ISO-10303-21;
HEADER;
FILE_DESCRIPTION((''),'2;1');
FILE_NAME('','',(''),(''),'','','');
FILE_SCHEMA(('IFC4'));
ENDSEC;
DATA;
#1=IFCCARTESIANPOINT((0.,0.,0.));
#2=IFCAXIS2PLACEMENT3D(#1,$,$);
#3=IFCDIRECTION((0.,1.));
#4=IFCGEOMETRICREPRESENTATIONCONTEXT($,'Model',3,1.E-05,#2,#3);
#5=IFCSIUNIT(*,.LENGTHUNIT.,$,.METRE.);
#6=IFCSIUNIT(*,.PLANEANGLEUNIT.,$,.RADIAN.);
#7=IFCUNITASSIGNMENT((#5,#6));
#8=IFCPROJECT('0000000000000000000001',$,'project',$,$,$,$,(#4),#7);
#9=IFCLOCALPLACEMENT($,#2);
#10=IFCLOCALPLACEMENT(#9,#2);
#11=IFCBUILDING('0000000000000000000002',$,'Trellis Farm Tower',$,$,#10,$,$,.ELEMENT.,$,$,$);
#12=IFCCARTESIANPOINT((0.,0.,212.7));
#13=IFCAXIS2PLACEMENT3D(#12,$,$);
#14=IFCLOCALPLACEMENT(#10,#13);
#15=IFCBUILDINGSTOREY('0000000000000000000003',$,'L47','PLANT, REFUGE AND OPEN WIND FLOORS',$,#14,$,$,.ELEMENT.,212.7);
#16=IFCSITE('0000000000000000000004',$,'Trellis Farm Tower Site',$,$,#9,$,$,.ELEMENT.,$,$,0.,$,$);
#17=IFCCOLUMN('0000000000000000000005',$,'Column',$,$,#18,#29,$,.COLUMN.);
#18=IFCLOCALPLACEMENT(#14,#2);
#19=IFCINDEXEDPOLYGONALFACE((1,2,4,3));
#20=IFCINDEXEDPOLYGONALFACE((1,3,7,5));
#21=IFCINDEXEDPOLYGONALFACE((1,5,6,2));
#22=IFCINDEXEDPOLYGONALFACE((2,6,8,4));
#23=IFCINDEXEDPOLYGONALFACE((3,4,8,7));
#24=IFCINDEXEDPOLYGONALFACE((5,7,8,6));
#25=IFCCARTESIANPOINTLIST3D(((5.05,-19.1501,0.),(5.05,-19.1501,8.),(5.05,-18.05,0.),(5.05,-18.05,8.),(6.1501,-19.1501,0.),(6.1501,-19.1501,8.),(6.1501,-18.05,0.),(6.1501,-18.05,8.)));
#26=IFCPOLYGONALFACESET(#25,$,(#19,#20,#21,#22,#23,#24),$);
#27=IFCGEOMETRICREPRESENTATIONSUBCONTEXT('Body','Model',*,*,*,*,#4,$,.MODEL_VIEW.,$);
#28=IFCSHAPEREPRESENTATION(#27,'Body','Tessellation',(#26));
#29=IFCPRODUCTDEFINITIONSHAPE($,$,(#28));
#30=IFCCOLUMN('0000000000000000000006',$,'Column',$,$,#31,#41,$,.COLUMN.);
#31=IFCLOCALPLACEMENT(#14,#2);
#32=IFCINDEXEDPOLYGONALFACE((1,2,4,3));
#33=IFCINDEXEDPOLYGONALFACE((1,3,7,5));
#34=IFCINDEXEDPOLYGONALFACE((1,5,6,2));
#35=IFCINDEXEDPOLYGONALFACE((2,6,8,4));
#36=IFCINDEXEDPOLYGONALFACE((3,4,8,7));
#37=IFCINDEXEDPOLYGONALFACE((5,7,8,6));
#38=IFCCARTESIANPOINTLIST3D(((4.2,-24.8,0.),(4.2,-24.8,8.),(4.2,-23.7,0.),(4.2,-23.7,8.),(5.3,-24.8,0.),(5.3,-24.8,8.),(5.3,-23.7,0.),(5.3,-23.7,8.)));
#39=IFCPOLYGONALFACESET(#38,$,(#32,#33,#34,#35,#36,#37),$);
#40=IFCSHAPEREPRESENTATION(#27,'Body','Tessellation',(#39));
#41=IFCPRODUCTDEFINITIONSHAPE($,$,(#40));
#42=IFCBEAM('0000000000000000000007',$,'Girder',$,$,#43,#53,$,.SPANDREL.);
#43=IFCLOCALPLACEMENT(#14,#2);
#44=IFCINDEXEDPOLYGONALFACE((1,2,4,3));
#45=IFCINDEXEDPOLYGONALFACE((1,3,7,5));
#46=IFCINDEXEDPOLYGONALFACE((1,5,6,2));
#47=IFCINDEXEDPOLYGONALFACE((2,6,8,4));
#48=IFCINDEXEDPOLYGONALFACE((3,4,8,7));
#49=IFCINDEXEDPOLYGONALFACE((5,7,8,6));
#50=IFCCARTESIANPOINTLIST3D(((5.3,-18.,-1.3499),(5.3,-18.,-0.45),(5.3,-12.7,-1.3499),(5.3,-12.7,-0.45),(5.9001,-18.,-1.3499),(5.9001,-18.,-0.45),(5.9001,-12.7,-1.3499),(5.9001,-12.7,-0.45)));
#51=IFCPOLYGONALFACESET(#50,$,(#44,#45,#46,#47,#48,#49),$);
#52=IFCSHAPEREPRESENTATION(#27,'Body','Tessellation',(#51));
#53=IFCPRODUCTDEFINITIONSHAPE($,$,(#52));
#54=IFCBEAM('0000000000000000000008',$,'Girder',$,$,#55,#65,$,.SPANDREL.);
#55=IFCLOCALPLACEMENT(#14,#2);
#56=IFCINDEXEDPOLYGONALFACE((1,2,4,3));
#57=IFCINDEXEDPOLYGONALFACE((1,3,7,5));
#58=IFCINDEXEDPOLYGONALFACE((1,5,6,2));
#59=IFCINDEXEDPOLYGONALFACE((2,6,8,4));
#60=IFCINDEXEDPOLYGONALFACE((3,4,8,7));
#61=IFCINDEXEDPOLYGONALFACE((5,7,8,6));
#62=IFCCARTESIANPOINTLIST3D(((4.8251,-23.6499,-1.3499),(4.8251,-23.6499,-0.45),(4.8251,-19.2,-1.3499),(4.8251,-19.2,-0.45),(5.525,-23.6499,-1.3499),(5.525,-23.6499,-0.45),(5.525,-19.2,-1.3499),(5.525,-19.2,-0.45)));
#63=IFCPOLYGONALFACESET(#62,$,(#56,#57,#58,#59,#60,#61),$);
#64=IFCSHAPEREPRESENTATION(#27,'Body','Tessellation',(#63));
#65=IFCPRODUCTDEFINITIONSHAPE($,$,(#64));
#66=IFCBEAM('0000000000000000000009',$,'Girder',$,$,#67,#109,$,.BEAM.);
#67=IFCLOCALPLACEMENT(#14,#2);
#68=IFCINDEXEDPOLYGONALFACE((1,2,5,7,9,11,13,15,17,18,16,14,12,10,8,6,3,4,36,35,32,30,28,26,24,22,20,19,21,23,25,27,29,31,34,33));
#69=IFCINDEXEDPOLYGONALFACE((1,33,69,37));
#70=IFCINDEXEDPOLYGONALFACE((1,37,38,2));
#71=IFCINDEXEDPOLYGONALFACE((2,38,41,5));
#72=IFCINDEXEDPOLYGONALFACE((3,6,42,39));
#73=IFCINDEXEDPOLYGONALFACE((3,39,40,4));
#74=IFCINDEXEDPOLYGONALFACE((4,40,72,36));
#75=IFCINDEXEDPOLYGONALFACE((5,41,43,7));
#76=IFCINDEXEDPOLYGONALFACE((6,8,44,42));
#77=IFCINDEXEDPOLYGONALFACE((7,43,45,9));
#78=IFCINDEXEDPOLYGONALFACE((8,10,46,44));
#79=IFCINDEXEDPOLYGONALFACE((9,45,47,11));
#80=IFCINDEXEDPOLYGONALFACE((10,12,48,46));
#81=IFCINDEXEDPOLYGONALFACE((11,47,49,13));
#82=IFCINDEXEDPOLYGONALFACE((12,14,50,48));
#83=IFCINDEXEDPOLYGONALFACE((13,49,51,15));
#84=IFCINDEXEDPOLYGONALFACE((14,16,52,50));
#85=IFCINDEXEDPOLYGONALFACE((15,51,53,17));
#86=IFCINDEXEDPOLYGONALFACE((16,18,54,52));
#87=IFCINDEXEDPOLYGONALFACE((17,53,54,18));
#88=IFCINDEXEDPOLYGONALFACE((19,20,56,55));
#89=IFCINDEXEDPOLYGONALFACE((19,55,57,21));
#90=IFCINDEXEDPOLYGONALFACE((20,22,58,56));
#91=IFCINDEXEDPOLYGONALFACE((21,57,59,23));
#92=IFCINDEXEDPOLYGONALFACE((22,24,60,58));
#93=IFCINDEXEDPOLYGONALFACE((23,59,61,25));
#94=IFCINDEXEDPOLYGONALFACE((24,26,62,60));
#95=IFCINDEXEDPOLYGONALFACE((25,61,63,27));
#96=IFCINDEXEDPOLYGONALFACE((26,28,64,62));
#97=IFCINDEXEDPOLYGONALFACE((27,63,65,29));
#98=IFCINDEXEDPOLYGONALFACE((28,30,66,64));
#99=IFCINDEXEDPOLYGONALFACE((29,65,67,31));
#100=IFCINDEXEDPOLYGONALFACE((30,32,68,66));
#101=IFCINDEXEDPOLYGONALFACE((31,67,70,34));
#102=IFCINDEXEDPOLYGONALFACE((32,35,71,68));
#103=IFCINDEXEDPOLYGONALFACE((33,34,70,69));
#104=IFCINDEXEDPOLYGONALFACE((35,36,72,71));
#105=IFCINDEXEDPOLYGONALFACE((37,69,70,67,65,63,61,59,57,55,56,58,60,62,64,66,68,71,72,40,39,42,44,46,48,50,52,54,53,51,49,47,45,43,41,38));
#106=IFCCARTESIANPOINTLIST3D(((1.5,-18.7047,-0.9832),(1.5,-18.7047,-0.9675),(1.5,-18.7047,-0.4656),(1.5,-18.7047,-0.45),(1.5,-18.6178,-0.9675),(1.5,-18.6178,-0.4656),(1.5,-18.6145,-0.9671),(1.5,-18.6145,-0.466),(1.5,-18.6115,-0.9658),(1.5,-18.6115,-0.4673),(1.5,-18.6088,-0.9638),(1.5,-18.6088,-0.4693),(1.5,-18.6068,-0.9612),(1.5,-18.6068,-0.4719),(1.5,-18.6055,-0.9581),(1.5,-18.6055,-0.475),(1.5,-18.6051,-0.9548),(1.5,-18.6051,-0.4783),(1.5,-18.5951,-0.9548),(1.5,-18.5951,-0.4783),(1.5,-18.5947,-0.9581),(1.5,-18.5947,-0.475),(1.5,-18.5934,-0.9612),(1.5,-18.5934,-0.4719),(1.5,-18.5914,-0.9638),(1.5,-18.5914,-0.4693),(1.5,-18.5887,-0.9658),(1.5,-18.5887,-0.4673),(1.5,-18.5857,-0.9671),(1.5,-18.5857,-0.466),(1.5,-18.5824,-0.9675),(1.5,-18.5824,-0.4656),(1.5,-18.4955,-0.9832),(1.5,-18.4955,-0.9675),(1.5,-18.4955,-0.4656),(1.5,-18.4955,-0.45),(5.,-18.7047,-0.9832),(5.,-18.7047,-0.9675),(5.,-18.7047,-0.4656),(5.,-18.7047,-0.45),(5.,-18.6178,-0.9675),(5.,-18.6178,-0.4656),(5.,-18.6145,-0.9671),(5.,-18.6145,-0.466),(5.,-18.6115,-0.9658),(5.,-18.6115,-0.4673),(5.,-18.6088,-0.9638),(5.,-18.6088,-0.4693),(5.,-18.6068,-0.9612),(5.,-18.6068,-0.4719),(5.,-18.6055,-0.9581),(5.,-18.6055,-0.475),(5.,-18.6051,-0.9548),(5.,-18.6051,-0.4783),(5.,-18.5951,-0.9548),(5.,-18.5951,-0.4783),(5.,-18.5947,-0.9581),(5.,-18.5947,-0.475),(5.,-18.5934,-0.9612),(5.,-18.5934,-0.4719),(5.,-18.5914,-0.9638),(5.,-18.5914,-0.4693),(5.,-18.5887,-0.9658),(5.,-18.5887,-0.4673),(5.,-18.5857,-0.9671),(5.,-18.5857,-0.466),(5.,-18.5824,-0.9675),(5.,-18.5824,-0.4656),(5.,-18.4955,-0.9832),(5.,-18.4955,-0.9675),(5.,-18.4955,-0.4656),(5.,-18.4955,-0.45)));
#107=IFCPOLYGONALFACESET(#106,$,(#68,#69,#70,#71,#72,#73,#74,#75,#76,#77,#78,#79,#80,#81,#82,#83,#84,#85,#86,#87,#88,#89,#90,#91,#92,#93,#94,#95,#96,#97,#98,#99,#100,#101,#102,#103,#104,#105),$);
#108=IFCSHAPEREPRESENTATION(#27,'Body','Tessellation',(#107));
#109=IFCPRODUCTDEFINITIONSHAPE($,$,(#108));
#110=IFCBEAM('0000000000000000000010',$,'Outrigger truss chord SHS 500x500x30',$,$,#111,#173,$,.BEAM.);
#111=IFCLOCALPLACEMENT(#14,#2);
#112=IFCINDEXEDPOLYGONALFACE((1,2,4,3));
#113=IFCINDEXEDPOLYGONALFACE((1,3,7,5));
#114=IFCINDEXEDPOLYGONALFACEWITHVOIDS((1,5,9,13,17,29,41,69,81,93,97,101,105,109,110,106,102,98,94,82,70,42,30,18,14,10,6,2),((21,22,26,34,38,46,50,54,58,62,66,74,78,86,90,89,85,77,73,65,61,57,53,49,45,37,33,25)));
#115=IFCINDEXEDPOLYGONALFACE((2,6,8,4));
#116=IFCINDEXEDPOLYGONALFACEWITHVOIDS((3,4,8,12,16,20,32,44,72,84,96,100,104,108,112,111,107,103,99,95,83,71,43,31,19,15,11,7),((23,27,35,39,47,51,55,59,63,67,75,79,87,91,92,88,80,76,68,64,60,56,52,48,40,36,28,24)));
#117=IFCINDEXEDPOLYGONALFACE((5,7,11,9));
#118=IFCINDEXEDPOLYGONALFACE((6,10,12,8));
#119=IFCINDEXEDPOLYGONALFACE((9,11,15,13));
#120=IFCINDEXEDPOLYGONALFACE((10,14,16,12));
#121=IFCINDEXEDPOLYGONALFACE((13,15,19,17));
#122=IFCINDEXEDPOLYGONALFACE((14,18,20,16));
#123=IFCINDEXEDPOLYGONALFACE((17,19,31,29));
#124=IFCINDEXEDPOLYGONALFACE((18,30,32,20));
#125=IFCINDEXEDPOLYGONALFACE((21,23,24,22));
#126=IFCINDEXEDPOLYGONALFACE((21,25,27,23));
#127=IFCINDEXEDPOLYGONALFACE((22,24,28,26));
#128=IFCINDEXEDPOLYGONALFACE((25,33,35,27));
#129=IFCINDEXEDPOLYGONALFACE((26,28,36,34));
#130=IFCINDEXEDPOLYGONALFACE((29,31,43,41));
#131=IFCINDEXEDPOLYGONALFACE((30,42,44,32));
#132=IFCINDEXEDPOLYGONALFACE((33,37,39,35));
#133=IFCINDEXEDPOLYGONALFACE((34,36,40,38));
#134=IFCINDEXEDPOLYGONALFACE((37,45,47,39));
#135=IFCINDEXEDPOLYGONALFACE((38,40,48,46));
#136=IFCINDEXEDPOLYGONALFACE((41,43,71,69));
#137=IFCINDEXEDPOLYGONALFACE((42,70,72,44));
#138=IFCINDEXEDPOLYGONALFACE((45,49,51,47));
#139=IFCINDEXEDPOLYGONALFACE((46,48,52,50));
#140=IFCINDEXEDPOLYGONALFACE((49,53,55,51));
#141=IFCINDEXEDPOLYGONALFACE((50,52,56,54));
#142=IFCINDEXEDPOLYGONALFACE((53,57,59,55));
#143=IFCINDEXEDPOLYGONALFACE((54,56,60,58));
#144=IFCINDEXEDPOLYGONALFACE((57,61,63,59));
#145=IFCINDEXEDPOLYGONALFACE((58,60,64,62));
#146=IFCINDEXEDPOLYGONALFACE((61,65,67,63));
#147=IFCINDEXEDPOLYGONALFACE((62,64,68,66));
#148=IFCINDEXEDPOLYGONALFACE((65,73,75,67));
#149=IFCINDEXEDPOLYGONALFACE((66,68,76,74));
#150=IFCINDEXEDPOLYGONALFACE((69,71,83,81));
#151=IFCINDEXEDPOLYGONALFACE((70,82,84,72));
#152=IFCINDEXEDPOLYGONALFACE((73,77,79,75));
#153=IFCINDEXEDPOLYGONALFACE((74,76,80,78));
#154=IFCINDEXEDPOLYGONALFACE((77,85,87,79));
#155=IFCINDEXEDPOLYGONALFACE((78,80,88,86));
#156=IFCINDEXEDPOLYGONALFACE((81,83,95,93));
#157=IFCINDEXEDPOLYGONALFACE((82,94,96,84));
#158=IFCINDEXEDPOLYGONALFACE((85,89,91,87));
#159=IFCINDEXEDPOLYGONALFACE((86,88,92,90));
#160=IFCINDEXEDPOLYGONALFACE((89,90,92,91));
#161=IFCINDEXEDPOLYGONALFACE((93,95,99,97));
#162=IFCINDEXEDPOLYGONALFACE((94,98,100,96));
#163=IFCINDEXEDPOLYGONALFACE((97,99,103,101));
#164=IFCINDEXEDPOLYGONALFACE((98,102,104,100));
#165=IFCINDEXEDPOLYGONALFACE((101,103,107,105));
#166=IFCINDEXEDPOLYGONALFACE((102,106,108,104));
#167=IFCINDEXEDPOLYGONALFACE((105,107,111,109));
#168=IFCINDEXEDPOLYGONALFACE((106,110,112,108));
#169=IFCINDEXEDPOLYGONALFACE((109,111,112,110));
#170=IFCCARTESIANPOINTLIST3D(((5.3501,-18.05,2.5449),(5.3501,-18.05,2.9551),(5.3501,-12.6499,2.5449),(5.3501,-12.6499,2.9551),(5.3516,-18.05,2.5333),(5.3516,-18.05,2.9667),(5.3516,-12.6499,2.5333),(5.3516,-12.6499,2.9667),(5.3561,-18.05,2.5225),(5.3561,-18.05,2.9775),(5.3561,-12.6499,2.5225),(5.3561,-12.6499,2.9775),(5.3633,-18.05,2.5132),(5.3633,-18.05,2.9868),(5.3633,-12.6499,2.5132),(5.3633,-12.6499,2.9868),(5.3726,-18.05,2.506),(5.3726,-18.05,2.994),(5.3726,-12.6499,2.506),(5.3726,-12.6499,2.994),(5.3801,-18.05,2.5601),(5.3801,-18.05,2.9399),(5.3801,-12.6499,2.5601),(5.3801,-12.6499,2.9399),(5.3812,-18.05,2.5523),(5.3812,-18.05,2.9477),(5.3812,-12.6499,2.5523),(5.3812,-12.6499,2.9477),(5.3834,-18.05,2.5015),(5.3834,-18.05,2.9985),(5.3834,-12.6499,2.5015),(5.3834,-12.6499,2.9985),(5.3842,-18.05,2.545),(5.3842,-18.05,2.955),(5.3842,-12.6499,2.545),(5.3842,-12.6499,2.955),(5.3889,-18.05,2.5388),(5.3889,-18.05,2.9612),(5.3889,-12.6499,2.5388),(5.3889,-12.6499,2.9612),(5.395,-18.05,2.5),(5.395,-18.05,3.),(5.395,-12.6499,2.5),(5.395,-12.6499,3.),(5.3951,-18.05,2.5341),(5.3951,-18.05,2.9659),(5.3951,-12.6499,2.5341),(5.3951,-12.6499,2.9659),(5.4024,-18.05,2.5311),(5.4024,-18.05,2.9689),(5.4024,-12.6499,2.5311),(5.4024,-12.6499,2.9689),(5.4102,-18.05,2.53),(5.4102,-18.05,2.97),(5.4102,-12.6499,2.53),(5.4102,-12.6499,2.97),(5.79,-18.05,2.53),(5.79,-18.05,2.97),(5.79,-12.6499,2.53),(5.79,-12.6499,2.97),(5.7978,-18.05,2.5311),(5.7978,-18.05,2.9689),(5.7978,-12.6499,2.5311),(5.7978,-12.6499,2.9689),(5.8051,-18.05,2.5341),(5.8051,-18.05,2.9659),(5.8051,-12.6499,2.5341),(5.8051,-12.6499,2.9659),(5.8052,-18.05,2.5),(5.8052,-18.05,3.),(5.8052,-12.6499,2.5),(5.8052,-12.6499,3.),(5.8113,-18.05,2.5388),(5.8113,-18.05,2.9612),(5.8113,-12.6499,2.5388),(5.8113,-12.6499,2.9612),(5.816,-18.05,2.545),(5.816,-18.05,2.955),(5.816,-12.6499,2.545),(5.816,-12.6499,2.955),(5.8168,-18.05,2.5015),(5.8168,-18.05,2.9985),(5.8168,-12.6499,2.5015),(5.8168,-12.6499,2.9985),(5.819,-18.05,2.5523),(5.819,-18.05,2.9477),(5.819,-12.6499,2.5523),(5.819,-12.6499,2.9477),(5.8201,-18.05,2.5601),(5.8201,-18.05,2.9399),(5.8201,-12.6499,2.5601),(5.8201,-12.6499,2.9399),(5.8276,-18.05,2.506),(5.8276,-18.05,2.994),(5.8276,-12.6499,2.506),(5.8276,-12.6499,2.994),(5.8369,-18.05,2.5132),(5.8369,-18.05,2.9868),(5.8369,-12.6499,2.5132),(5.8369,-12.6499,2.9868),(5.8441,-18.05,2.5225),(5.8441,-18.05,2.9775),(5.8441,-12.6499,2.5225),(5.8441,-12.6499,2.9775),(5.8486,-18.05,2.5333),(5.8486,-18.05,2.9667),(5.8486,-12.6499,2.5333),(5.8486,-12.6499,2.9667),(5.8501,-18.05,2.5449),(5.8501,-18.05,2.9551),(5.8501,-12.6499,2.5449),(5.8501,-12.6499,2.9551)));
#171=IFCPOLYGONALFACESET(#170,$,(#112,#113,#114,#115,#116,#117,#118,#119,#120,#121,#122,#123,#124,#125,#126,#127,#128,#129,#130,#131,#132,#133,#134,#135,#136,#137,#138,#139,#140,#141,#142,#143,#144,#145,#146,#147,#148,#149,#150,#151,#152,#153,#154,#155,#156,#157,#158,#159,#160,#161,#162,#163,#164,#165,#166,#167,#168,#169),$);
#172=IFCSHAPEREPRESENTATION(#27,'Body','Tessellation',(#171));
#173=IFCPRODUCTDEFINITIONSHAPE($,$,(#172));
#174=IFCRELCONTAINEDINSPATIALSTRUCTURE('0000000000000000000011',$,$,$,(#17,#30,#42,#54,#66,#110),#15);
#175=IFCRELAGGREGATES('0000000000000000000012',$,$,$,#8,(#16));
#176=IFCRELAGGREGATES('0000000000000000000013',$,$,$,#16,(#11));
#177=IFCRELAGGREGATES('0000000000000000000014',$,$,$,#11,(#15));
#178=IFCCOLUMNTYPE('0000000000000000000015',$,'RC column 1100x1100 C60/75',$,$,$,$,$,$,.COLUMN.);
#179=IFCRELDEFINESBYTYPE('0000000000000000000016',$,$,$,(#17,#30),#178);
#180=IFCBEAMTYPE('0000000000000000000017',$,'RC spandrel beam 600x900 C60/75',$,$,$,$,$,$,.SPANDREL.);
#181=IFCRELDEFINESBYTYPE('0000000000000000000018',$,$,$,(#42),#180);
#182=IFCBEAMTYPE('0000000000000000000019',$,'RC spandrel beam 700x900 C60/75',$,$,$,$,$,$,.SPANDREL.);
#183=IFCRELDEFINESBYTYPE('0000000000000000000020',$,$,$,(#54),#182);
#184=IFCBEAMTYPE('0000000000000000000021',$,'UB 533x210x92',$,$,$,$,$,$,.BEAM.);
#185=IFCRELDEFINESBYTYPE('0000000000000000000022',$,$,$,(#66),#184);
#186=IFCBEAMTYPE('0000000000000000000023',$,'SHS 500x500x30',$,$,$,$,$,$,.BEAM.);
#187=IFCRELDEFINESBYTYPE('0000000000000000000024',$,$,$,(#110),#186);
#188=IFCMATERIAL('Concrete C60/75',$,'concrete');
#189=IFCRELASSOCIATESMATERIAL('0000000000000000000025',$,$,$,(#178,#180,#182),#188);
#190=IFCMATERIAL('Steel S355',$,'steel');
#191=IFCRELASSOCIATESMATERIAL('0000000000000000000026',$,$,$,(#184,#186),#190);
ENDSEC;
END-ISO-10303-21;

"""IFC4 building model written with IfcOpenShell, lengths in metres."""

from ifc_helpers import new_model, si_unit, direction, frame, origin, origin_2d, place, context, subcontext, project, spatial, rectangle, hollow_rectangle, i_section, extrude, source, transform, mapped, material, material_profile, profile_set, type_object, element, save


model = new_model("IFC4")

# Units and contexts
model_context = context("Model", 3, precision=1e-05, world=origin(), true_north=direction((0.0, 1.0)))
body_context = subcontext(model_context, "Body", "Model", "MODEL_VIEW")
ifc_project = project(units=[si_unit("LENGTHUNIT", "METRE"), si_unit("PLANEANGLEUNIT", "RADIAN")], contexts=[model_context])

# Site, building, storey
site_placement = place(None, origin())
site = spatial("IfcSite", under=ifc_project, at=site_placement, Name="Trellis Farm Tower Site", CompositionType="ELEMENT", RefElevation=0.0)
building_placement = place(site_placement, origin())
building = spatial("IfcBuilding", under=site, at=building_placement, Name="Trellis Farm Tower", CompositionType="ELEMENT")
storey_placement = place(building_placement, frame((0.0, 0.0, 212.7)))
storey = spatial("IfcBuildingStorey", under=building, at=storey_placement, Name="L47", Description="PLANT, REFUGE AND OPEN WIND FLOORS", CompositionType="ELEMENT", Elevation=212.7)

# Columns
ifc_material_1 = material(Name="Concrete C60/75", Category="concrete")
ifc_material_profile_1 = material_profile(ifc_material_1, rectangle(XDim=1.1001, YDim=1.1001, at=origin_2d()), Name="RC column 1100x1100 C60/75")
ifc_profile_set_1 = profile_set([ifc_material_profile_1], Name="Concrete C60/75")
column_type = type_object("IfcColumnType", Name="RC column 1100x1100 C60/75", PredefinedType="COLUMN", material=ifc_profile_set_1)
shared_shape_1 = source(origin(), body_context, "Body", "SweptSolid", [
    extrude(rectangle(XDim=1.1001, YDim=1.1001, at=origin_2d()), origin(), (0.0, 0.0, 1.0), 8.0),
])
for number, where, z_axis, x_axis, name in (
    (1, (5.6001, -18.6001, 0.0), (0.0, 0.0, 1.0), (1.0, 0.0, 0.0), "Column"),
    (2, (4.75, -24.25, 0.0), (0.0, 0.0, 1.0), (1.0, 0.0, 0.0), "Column"),
):
    element("IfcColumn", number, at=place(storey_placement, frame(where, z_axis=z_axis, x_axis=x_axis)), inside=storey, type_object=column_type, Name=name, PredefinedType="COLUMN", context=body_context, shape_type="MappedRepresentation", body=[
        mapped(shared_shape_1, transform((0.0, 0.0, 0.0))),
    ])

# Beams
ifc_material_profile_2 = material_profile(ifc_material_1, rectangle(XDim=0.6001, YDim=0.8999, at=origin_2d()), Name="RC spandrel beam 600x900 C60/75")
ifc_profile_set_2 = profile_set([ifc_material_profile_2], Name="Concrete C60/75")
beam_type_1 = type_object("IfcBeamType", Name="RC spandrel beam 600x900 C60/75", PredefinedType="SPANDREL", material=ifc_profile_set_2)
shared_shape_2 = source(origin(), body_context, "Body", "SweptSolid", [
    extrude(rectangle(XDim=0.6001, YDim=0.8999, at=origin_2d()), origin(), (0.0, 0.0, 1.0), 5.3),
])
beam_1_placement = place(storey_placement, frame((5.6001, -18.0, -0.8999), z_axis=(0.0, 1.0, 0.0), x_axis=(-1.0, 0.0, 0.0)))
element("IfcBeam", 3, at=beam_1_placement, inside=storey, type_object=beam_type_1, Name="Girder", PredefinedType="SPANDREL", context=body_context, shape_type="MappedRepresentation", body=[
    mapped(shared_shape_2, transform((0.0, 0.0, 0.0))),
])
ifc_material_profile_3 = material_profile(ifc_material_1, rectangle(XDim=0.7, YDim=0.8999, at=origin_2d()), Name="RC spandrel beam 700x900 C60/75")
ifc_profile_set_3 = profile_set([ifc_material_profile_3], Name="Concrete C60/75")
beam_type_2 = type_object("IfcBeamType", Name="RC spandrel beam 700x900 C60/75", PredefinedType="SPANDREL", material=ifc_profile_set_3)
shared_shape_3 = source(origin(), body_context, "Body", "SweptSolid", [
    extrude(rectangle(XDim=0.7, YDim=0.8999, at=origin_2d()), origin(), (0.0, 0.0, 1.0), 4.45),
])
beam_2_placement = place(storey_placement, frame((5.175, -23.6499, -0.8999), z_axis=(0.0, 1.0, 0.0), x_axis=(-1.0, 0.0, 0.0)))
element("IfcBeam", 4, at=beam_2_placement, inside=storey, type_object=beam_type_2, Name="Girder", PredefinedType="SPANDREL", context=body_context, shape_type="MappedRepresentation", body=[
    mapped(shared_shape_3, transform((0.0, 0.0, 0.0))),
])
ifc_material_2 = material(Name="Steel S355", Category="steel")
ifc_material_profile_4 = material_profile(ifc_material_2, i_section(OverallWidth=0.2092, OverallDepth=0.5332, WebThickness=0.01, FlangeThickness=0.0156, FilletRadius=0.0127, at=origin_2d()), Name="UB 533x210x92")
ifc_profile_set_4 = profile_set([ifc_material_profile_4], Name="Steel S355")
beam_type_3 = type_object("IfcBeamType", Name="UB 533x210x92", PredefinedType="BEAM", material=ifc_profile_set_4)
shared_shape_4 = source(origin(), body_context, "Body", "SweptSolid", [
    extrude(i_section(OverallWidth=0.2092, OverallDepth=0.5332, WebThickness=0.01, FlangeThickness=0.0156, FilletRadius=0.0127, at=origin_2d()), origin(), (0.0, 0.0, 1.0), 3.5),
])
beam_3_placement = place(storey_placement, frame((1.5, -18.6001, -0.7166), z_axis=(1.0, 0.0, 0.0), x_axis=(0.0, 1.0, 0.0)))
element("IfcBeam", 5, at=beam_3_placement, inside=storey, type_object=beam_type_3, Name="Girder", PredefinedType="BEAM", context=body_context, shape_type="MappedRepresentation", body=[
    mapped(shared_shape_4, transform((0.0, 0.0, 0.0))),
])
ifc_material_profile_5 = material_profile(ifc_material_2, hollow_rectangle(XDim=0.5, YDim=0.5, WallThickness=0.03, InnerFilletRadius=0.03, OuterFilletRadius=0.0449, at=origin_2d()), Name="SHS 500x500x30")
ifc_profile_set_5 = profile_set([ifc_material_profile_5], Name="Steel S355")
beam_type_4 = type_object("IfcBeamType", Name="SHS 500x500x30", PredefinedType="BEAM", material=ifc_profile_set_5)
shared_shape_5 = source(origin(), body_context, "Body", "SweptSolid", [
    extrude(hollow_rectangle(XDim=0.5, YDim=0.5, WallThickness=0.03, InnerFilletRadius=0.03, OuterFilletRadius=0.0449, at=origin_2d()), origin(), (0.0, 0.0, 1.0), 5.4001),
])
beam_4_placement = place(storey_placement, frame((5.6001, -18.05, 2.75), z_axis=(0.0, 1.0, 0.0), x_axis=(-1.0, 0.0, 0.0)))
element("IfcBeam", 6, at=beam_4_placement, inside=storey, type_object=beam_type_4, Name="Outrigger truss chord SHS 500x500x30", PredefinedType="BEAM", context=body_context, shape_type="MappedRepresentation", body=[
    mapped(shared_shape_5, transform((0.0, 0.0, 0.0))),
])

save(model, "model.ifc")
